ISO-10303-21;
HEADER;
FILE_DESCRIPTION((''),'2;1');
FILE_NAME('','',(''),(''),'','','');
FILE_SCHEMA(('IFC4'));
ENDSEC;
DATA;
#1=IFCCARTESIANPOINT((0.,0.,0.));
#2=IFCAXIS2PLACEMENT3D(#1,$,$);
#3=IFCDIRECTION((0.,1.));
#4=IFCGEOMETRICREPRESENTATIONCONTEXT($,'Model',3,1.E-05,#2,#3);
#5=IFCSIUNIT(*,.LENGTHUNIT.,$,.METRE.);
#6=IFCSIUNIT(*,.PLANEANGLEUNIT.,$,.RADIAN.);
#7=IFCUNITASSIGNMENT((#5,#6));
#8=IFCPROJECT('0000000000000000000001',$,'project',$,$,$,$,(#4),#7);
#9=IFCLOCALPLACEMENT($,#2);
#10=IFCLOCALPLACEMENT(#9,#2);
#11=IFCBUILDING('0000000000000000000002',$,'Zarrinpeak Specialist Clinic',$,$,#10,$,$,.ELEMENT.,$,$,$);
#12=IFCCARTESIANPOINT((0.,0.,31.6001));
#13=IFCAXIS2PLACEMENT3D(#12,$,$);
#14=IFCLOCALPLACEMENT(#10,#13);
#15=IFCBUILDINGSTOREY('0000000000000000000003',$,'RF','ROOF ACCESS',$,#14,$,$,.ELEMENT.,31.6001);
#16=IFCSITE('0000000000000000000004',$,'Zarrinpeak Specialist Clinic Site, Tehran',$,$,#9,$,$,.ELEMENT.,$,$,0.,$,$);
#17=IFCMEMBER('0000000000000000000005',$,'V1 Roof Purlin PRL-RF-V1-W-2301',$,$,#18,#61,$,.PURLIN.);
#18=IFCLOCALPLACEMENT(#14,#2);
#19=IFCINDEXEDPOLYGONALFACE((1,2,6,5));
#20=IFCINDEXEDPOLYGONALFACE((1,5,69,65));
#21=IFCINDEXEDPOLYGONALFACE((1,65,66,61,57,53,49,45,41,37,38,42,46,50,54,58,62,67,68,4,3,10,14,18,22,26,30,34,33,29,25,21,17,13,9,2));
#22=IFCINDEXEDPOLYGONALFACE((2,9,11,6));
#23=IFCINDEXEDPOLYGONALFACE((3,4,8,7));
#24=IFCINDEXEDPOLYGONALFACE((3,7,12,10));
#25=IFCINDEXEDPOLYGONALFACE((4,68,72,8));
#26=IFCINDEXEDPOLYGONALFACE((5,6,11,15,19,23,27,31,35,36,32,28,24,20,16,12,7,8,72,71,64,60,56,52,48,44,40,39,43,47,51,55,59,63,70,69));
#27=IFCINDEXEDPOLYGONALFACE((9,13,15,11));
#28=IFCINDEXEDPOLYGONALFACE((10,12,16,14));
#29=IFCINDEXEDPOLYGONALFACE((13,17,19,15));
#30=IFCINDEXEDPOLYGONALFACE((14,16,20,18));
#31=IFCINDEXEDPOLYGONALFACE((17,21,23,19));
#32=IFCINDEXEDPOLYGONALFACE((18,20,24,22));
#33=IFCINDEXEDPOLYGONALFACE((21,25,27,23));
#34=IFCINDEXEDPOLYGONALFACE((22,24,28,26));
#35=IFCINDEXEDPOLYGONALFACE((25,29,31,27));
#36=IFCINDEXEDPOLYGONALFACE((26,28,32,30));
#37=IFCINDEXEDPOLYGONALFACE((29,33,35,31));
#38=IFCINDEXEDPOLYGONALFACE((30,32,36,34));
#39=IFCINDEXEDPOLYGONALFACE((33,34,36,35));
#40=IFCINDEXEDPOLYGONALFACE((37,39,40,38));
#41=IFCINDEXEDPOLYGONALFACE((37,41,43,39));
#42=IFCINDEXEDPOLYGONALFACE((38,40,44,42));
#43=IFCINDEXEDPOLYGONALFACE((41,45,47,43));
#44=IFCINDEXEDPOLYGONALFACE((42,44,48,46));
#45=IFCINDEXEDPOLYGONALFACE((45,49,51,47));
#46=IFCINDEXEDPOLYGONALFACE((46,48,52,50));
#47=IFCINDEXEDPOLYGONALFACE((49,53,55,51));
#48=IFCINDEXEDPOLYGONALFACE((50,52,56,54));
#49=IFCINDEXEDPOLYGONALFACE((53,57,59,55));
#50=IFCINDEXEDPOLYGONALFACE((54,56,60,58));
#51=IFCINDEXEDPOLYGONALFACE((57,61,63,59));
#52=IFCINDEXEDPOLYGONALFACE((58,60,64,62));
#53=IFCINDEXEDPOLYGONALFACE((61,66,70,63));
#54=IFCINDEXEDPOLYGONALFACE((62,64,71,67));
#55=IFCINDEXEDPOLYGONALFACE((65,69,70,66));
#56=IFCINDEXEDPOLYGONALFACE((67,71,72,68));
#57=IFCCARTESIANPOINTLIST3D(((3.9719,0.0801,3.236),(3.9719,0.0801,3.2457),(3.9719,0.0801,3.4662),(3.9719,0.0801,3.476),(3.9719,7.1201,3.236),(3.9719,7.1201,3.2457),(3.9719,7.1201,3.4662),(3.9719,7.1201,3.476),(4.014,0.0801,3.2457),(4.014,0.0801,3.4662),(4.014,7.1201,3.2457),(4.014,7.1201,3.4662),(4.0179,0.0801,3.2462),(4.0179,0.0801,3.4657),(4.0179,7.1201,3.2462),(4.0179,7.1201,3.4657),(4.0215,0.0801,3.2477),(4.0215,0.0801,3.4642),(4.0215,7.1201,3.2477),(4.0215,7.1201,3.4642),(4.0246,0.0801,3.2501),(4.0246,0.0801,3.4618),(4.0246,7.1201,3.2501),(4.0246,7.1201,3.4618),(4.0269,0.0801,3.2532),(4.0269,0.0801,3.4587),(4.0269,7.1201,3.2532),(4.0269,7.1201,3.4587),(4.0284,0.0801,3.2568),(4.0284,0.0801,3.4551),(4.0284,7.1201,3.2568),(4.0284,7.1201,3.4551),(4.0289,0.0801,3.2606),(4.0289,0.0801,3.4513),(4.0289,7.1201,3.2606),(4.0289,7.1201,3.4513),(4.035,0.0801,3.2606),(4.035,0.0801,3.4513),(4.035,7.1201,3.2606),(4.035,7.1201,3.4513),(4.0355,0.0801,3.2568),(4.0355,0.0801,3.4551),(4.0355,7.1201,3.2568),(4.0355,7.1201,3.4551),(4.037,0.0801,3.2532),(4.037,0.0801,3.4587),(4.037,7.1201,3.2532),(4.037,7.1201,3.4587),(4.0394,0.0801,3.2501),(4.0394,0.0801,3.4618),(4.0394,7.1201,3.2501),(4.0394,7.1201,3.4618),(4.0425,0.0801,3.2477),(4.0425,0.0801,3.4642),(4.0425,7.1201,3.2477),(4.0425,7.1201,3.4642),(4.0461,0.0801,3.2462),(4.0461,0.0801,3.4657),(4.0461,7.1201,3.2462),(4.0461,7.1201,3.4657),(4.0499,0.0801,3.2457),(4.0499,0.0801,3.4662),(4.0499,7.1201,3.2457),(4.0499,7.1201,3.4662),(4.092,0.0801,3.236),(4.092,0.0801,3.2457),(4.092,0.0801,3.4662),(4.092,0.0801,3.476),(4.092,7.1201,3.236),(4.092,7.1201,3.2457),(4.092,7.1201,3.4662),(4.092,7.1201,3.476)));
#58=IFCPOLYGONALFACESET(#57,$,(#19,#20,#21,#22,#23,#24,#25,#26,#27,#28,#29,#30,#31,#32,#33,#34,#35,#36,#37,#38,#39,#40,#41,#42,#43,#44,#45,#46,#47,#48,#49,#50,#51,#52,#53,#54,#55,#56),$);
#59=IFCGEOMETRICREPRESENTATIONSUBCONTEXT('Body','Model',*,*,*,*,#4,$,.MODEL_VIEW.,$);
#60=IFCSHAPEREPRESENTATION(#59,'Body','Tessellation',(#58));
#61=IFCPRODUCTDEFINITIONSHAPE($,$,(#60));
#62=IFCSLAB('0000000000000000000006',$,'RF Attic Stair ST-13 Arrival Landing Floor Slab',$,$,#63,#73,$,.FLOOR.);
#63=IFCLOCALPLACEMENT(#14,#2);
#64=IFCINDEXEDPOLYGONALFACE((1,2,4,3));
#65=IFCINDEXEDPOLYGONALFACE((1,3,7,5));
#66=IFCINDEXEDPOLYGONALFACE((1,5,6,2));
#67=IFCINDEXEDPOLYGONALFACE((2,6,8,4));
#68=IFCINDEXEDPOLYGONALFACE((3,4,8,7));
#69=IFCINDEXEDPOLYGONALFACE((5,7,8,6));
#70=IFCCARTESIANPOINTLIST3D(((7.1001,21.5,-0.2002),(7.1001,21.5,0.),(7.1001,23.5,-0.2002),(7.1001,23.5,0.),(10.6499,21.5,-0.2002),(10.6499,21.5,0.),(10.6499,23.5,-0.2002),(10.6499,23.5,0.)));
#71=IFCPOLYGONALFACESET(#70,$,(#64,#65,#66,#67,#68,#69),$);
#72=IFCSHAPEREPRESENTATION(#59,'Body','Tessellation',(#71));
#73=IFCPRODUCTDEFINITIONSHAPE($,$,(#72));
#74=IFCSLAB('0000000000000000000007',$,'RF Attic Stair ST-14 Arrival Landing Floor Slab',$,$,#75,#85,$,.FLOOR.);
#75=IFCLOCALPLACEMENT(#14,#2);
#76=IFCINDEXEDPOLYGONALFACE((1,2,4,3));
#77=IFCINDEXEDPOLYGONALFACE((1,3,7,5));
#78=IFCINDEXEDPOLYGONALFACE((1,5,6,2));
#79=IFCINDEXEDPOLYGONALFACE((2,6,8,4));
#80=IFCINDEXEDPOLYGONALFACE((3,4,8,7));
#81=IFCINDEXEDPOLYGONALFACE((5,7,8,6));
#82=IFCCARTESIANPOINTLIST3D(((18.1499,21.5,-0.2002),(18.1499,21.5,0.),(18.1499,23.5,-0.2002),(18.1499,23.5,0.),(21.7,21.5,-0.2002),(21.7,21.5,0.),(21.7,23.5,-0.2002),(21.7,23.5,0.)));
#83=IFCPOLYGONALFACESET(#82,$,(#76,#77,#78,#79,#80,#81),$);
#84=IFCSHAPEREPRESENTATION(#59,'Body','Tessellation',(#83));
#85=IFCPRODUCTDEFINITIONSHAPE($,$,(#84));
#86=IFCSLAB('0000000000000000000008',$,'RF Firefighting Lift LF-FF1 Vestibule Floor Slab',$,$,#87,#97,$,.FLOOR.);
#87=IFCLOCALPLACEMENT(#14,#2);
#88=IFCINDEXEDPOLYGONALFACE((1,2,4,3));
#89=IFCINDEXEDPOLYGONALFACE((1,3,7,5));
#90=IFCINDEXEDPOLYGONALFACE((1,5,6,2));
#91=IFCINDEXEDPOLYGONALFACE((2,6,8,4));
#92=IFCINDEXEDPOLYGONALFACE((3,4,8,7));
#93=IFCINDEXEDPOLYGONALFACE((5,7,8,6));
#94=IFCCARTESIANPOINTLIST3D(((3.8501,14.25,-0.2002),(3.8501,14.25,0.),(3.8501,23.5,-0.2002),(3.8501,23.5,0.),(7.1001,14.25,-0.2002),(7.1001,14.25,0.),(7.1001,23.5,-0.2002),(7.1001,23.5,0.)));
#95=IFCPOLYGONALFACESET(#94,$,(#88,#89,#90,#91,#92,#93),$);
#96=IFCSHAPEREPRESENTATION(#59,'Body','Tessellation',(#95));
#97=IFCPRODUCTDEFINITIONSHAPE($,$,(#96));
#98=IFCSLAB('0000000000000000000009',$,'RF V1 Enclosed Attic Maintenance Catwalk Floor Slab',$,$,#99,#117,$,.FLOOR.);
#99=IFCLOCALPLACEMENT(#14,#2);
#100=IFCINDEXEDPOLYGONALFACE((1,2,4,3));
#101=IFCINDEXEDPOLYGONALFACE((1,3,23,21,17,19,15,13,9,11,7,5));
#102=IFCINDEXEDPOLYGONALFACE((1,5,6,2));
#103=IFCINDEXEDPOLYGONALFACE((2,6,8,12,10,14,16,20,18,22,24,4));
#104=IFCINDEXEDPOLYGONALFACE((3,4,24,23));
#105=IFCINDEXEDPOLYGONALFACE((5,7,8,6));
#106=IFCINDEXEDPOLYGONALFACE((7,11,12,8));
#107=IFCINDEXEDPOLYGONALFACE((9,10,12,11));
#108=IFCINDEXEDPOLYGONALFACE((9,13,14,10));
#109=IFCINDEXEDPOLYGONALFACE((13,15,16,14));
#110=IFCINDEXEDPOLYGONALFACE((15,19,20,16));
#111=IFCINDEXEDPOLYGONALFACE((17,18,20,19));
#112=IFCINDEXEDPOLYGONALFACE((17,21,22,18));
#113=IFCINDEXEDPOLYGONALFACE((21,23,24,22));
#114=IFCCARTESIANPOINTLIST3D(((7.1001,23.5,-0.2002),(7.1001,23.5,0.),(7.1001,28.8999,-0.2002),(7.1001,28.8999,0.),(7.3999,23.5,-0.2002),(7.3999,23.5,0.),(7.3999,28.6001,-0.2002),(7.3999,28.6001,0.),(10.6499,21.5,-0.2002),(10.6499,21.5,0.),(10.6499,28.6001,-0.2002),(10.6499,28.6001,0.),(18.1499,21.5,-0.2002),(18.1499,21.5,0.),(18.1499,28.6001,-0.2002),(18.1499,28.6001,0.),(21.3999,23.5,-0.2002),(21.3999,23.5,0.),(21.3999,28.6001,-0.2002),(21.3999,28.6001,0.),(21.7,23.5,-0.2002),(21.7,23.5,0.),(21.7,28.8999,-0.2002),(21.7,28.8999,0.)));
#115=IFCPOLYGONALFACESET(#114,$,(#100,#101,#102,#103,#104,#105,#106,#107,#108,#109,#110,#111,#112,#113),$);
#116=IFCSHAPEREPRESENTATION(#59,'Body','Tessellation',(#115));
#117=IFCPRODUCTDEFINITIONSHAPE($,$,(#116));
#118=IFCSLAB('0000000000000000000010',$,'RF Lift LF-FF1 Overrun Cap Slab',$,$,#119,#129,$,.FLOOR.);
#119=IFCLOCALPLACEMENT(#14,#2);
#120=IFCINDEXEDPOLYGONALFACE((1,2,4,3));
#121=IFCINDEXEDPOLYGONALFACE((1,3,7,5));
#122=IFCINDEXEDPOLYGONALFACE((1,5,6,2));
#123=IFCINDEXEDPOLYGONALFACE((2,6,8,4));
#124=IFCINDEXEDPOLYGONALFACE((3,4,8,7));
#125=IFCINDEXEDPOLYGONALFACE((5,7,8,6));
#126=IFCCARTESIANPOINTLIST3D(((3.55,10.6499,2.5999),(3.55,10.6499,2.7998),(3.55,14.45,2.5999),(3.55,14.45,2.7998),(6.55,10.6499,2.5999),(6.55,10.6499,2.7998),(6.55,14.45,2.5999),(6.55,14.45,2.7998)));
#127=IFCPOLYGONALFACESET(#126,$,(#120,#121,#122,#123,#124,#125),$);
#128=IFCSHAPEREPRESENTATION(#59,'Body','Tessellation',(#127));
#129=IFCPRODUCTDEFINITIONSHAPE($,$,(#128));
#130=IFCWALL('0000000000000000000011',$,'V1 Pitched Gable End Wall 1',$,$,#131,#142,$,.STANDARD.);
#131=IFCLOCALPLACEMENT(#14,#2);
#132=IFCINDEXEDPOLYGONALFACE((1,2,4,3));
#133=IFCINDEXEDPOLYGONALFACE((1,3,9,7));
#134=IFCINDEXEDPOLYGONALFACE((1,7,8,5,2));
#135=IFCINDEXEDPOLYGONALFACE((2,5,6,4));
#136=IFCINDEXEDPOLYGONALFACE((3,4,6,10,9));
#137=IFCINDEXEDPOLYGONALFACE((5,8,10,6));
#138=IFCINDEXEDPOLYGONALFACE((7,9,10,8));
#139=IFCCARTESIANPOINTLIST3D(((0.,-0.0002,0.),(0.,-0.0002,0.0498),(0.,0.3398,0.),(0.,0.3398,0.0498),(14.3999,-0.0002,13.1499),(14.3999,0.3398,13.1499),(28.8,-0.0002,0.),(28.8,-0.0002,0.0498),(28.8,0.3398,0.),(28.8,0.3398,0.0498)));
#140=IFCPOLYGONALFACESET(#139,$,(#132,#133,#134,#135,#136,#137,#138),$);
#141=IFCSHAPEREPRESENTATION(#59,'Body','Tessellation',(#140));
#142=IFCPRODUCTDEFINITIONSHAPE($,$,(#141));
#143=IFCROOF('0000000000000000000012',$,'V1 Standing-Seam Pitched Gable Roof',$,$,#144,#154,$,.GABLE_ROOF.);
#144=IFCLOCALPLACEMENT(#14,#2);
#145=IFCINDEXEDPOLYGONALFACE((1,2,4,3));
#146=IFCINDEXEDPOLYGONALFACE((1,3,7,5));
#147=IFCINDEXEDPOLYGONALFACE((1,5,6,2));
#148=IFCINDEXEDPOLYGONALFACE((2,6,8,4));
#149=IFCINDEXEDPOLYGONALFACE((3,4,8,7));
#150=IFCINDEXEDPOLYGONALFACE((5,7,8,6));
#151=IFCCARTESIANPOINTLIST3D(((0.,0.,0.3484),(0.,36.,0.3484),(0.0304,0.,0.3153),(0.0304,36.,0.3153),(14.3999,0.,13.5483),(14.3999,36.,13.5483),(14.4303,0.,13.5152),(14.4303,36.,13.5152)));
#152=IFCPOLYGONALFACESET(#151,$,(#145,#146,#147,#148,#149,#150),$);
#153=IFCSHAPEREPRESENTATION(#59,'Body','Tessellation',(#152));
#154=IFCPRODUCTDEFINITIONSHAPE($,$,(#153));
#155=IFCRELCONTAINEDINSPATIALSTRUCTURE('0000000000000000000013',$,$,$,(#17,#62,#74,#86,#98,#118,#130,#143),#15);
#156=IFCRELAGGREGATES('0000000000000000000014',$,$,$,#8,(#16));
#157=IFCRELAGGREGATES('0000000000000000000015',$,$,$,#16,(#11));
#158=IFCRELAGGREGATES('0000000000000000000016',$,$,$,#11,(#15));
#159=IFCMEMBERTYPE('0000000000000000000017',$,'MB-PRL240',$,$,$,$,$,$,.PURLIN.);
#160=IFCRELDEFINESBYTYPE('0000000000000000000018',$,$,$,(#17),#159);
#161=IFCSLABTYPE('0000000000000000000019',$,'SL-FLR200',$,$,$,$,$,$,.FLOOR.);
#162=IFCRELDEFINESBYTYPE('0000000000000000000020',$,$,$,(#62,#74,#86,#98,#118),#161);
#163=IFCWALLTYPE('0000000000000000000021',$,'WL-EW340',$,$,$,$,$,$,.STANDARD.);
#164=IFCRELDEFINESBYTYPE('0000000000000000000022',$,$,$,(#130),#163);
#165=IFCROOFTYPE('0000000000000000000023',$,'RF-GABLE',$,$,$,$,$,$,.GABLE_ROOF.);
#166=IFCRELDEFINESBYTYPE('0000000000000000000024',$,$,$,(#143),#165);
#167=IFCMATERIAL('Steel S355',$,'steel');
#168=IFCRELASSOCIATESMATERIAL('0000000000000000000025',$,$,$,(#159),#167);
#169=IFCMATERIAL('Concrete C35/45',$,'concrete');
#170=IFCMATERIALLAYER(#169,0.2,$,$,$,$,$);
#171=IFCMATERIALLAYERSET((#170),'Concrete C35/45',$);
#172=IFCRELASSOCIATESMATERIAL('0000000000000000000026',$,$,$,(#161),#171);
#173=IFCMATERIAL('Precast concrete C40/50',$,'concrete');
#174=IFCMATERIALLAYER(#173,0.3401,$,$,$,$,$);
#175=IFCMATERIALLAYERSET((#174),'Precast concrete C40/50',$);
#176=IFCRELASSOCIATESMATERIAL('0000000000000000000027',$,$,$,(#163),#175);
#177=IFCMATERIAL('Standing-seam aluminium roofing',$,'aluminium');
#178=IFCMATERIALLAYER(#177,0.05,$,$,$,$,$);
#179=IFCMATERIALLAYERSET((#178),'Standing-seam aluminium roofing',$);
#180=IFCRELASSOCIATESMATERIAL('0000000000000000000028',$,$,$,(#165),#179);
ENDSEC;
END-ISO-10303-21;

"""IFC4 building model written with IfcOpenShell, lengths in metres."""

from ifc_helpers import new_model, si_unit, direction, frame, origin, origin_2d, place, context, subcontext, project, spatial, polyline, i_section, outline, extrude, material, layer, layer_set, material_profile, profile_set, type_object, element, save


model = new_model("IFC4")

# Units and contexts
model_context = context("Model", 3, precision=1e-05, world=origin(), true_north=direction((0.0, 1.0)))
body_context = subcontext(model_context, "Body", "Model", "MODEL_VIEW")
ifc_project = project(units=[si_unit("LENGTHUNIT", "METRE"), si_unit("PLANEANGLEUNIT", "RADIAN")], contexts=[model_context])

# Site, building, storey
site_placement = place(None, origin())
site = spatial("IfcSite", under=ifc_project, at=site_placement, Name="Zarrinpeak Specialist Clinic Site, Tehran", CompositionType="ELEMENT", RefElevation=0.0)
building_placement = place(site_placement, origin())
building = spatial("IfcBuilding", under=site, at=building_placement, Name="Zarrinpeak Specialist Clinic", CompositionType="ELEMENT")
storey_placement = place(building_placement, frame((0.0, 0.0, 31.6001)))
storey = spatial("IfcBuildingStorey", under=building, at=storey_placement, Name="RF", Description="ROOF ACCESS", CompositionType="ELEMENT", Elevation=31.6001)

# Shared definitions
ifc_material_1 = material(Name="Steel S355", Category="steel")

# Member
ifc_material_profile_1 = material_profile(ifc_material_1, i_section(OverallWidth=0.1201, OverallDepth=0.24, WebThickness=0.0061, FlangeThickness=0.0098, FilletRadius=0.0149, at=origin_2d()), Name="IPE 240")
ifc_profile_set_1 = profile_set([ifc_material_profile_1], Name="Steel S355")
member_type = type_object("IfcMemberType", Name="MB-PRL240", PredefinedType="PURLIN", material=ifc_profile_set_1)
member_placement = place(storey_placement, frame((4.032, 0.0801, 3.356), z_axis=(0.0, 1.0, 0.0), x_axis=(-1.0, 0.0, 0.0)))
element("IfcMember", 1, at=member_placement, inside=storey, type_object=member_type, Name="V1 Roof Purlin PRL-RF-V1-W-2301", PredefinedType="PURLIN", context=body_context, shape_type="SweptSolid", body=[
    extrude(i_section(OverallWidth=0.1201, OverallDepth=0.24, WebThickness=0.0061, FlangeThickness=0.0098, FilletRadius=0.0149, at=origin_2d()), origin(), (0.0, 0.0, 1.0), 7.04),
])

# Slabs
ifc_material_2 = material(Name="Concrete C35/45", Category="concrete")
ifc_layer_1 = layer(ifc_material_2, 0.2)
ifc_layer_set_1 = layer_set([ifc_layer_1], Name="Concrete C35/45")
slab_type_1 = type_object("IfcSlabType", Name="SL-FLR200", PredefinedType="FLOOR", material=ifc_layer_set_1)
slab_1_placement = place(storey_placement, frame((0.0, 0.0, -0.2002)))
element("IfcSlab", 2, at=slab_1_placement, inside=storey, type_object=slab_type_1, Name="RF Attic Stair ST-13 Arrival Landing Floor Slab", PredefinedType="FLOOR", context=body_context, shape_type="SweptSolid", body=[
    extrude(outline(polyline([(7.1001, 21.5), (10.6499, 21.5), (10.6499, 23.5), (7.1001, 23.5), (7.1001, 21.5)])), origin(), (0.0, 0.0, 1.0), 0.2002),
])
slab_2_placement = place(storey_placement, frame((0.0, 0.0, -0.2002)))
element("IfcSlab", 3, at=slab_2_placement, inside=storey, type_object=slab_type_1, Name="RF Attic Stair ST-14 Arrival Landing Floor Slab", PredefinedType="FLOOR", context=body_context, shape_type="SweptSolid", body=[
    extrude(outline(polyline([(18.1499, 21.5), (21.7, 21.5), (21.7, 23.5), (18.1499, 23.5), (18.1499, 21.5)])), origin(), (0.0, 0.0, 1.0), 0.2002),
])
slab_3_placement = place(storey_placement, frame((0.0, 0.0, -0.2002)))
element("IfcSlab", 4, at=slab_3_placement, inside=storey, type_object=slab_type_1, Name="RF Firefighting Lift LF-FF1 Vestibule Floor Slab", PredefinedType="FLOOR", context=body_context, shape_type="SweptSolid", body=[
    extrude(outline(polyline([(3.8501, 14.25), (7.1001, 14.25), (7.1001, 23.5), (3.8501, 23.5), (3.8501, 14.25)])), origin(), (0.0, 0.0, 1.0), 0.2002),
])
slab_4_placement = place(storey_placement, frame((0.0, 0.0, -0.2002)))
element("IfcSlab", 5, at=slab_4_placement, inside=storey, type_object=slab_type_1, Name="RF V1 Enclosed Attic Maintenance Catwalk Floor Slab", PredefinedType="FLOOR", context=body_context, shape_type="SweptSolid", body=[
    extrude(outline(polyline([(10.6499, 21.5), (18.1499, 21.5), (18.1499, 28.6001), (21.3999, 28.6001), (21.3999, 23.5), (21.7, 23.5), (21.7, 28.8999), (7.1001, 28.8999), (7.1001, 23.5), (7.3999, 23.5), (7.3999, 28.6001), (10.6499, 28.6001), (10.6499, 21.5)])), origin(), (0.0, 0.0, 1.0), 0.2002),
])
slab_5_placement = place(storey_placement, frame((0.0, 0.0, 2.5999)))
element("IfcSlab", 6, at=slab_5_placement, inside=storey, type_object=slab_type_1, Name="RF Lift LF-FF1 Overrun Cap Slab", PredefinedType="FLOOR", context=body_context, shape_type="SweptSolid", body=[
    extrude(outline(polyline([(3.55, 10.6499), (6.55, 10.6499), (6.55, 14.45), (3.55, 14.45), (3.55, 10.6499)])), origin(), (0.0, 0.0, 1.0), 0.2),
])

# Wall
ifc_material_3 = material(Name="Precast concrete C40/50", Category="concrete")
ifc_layer_2 = layer(ifc_material_3, 0.3401)
ifc_layer_set_2 = layer_set([ifc_layer_2], Name="Precast concrete C40/50")
wall_type = type_object("IfcWallType", Name="WL-EW340", PredefinedType="STANDARD", material=ifc_layer_set_2)
wall_placement = place(storey_placement, frame((0.0, 0.1699, 0.0), z_axis=(0.0, 0.0, 1.0), x_axis=(1.0, 0.0, 0.0)))
element("IfcWall", 7, at=wall_placement, inside=storey, type_object=wall_type, Name="V1 Pitched Gable End Wall 1", PredefinedType="STANDARD", context=body_context, shape_type="SweptSolid", body=[
    extrude(outline(polyline([(0.0, 0.0), (28.8, 0.0), (28.8, 0.0498), (14.3999, 13.1499), (0.0, 0.0498), (0.0, 0.0)])), frame((0.0, 0.1699, 0.0), z_axis=(0.0, -1.0, 0.0), x_axis=(1.0, 0.0, 0.0)), (0.0, 0.0, 1.0), 0.3401),
])

# Roof
ifc_material_4 = material(Name="Standing-seam aluminium roofing", Category="aluminium")
ifc_layer_3 = layer(ifc_material_4, 0.05)
ifc_layer_set_3 = layer_set([ifc_layer_3], Name="Standing-seam aluminium roofing")
roof_type = type_object("IfcRoofType", Name="RF-GABLE", PredefinedType="GABLE_ROOF", material=ifc_layer_set_3)
roof_placement = place(storey_placement, frame((0.0, 0.0, 0.3484), z_axis=(-0.675726, 0.0, 0.737153), x_axis=(0.737153, 0.0, 0.675726)))
element("IfcRoof", 8, at=roof_placement, inside=storey, type_object=roof_type, Name="V1 Standing-Seam Pitched Gable Roof", PredefinedType="GABLE_ROOF", context=body_context, shape_type="SweptSolid", body=[
    extrude(outline(polyline([(0.0, 0.0), (19.5345, 0.0), (19.5345, 36.0), (0.0, 36.0), (0.0, 0.0)])), origin(), (0.0, 0.0, -1.0), 0.0449),
])

save(model, "model.ifc")
